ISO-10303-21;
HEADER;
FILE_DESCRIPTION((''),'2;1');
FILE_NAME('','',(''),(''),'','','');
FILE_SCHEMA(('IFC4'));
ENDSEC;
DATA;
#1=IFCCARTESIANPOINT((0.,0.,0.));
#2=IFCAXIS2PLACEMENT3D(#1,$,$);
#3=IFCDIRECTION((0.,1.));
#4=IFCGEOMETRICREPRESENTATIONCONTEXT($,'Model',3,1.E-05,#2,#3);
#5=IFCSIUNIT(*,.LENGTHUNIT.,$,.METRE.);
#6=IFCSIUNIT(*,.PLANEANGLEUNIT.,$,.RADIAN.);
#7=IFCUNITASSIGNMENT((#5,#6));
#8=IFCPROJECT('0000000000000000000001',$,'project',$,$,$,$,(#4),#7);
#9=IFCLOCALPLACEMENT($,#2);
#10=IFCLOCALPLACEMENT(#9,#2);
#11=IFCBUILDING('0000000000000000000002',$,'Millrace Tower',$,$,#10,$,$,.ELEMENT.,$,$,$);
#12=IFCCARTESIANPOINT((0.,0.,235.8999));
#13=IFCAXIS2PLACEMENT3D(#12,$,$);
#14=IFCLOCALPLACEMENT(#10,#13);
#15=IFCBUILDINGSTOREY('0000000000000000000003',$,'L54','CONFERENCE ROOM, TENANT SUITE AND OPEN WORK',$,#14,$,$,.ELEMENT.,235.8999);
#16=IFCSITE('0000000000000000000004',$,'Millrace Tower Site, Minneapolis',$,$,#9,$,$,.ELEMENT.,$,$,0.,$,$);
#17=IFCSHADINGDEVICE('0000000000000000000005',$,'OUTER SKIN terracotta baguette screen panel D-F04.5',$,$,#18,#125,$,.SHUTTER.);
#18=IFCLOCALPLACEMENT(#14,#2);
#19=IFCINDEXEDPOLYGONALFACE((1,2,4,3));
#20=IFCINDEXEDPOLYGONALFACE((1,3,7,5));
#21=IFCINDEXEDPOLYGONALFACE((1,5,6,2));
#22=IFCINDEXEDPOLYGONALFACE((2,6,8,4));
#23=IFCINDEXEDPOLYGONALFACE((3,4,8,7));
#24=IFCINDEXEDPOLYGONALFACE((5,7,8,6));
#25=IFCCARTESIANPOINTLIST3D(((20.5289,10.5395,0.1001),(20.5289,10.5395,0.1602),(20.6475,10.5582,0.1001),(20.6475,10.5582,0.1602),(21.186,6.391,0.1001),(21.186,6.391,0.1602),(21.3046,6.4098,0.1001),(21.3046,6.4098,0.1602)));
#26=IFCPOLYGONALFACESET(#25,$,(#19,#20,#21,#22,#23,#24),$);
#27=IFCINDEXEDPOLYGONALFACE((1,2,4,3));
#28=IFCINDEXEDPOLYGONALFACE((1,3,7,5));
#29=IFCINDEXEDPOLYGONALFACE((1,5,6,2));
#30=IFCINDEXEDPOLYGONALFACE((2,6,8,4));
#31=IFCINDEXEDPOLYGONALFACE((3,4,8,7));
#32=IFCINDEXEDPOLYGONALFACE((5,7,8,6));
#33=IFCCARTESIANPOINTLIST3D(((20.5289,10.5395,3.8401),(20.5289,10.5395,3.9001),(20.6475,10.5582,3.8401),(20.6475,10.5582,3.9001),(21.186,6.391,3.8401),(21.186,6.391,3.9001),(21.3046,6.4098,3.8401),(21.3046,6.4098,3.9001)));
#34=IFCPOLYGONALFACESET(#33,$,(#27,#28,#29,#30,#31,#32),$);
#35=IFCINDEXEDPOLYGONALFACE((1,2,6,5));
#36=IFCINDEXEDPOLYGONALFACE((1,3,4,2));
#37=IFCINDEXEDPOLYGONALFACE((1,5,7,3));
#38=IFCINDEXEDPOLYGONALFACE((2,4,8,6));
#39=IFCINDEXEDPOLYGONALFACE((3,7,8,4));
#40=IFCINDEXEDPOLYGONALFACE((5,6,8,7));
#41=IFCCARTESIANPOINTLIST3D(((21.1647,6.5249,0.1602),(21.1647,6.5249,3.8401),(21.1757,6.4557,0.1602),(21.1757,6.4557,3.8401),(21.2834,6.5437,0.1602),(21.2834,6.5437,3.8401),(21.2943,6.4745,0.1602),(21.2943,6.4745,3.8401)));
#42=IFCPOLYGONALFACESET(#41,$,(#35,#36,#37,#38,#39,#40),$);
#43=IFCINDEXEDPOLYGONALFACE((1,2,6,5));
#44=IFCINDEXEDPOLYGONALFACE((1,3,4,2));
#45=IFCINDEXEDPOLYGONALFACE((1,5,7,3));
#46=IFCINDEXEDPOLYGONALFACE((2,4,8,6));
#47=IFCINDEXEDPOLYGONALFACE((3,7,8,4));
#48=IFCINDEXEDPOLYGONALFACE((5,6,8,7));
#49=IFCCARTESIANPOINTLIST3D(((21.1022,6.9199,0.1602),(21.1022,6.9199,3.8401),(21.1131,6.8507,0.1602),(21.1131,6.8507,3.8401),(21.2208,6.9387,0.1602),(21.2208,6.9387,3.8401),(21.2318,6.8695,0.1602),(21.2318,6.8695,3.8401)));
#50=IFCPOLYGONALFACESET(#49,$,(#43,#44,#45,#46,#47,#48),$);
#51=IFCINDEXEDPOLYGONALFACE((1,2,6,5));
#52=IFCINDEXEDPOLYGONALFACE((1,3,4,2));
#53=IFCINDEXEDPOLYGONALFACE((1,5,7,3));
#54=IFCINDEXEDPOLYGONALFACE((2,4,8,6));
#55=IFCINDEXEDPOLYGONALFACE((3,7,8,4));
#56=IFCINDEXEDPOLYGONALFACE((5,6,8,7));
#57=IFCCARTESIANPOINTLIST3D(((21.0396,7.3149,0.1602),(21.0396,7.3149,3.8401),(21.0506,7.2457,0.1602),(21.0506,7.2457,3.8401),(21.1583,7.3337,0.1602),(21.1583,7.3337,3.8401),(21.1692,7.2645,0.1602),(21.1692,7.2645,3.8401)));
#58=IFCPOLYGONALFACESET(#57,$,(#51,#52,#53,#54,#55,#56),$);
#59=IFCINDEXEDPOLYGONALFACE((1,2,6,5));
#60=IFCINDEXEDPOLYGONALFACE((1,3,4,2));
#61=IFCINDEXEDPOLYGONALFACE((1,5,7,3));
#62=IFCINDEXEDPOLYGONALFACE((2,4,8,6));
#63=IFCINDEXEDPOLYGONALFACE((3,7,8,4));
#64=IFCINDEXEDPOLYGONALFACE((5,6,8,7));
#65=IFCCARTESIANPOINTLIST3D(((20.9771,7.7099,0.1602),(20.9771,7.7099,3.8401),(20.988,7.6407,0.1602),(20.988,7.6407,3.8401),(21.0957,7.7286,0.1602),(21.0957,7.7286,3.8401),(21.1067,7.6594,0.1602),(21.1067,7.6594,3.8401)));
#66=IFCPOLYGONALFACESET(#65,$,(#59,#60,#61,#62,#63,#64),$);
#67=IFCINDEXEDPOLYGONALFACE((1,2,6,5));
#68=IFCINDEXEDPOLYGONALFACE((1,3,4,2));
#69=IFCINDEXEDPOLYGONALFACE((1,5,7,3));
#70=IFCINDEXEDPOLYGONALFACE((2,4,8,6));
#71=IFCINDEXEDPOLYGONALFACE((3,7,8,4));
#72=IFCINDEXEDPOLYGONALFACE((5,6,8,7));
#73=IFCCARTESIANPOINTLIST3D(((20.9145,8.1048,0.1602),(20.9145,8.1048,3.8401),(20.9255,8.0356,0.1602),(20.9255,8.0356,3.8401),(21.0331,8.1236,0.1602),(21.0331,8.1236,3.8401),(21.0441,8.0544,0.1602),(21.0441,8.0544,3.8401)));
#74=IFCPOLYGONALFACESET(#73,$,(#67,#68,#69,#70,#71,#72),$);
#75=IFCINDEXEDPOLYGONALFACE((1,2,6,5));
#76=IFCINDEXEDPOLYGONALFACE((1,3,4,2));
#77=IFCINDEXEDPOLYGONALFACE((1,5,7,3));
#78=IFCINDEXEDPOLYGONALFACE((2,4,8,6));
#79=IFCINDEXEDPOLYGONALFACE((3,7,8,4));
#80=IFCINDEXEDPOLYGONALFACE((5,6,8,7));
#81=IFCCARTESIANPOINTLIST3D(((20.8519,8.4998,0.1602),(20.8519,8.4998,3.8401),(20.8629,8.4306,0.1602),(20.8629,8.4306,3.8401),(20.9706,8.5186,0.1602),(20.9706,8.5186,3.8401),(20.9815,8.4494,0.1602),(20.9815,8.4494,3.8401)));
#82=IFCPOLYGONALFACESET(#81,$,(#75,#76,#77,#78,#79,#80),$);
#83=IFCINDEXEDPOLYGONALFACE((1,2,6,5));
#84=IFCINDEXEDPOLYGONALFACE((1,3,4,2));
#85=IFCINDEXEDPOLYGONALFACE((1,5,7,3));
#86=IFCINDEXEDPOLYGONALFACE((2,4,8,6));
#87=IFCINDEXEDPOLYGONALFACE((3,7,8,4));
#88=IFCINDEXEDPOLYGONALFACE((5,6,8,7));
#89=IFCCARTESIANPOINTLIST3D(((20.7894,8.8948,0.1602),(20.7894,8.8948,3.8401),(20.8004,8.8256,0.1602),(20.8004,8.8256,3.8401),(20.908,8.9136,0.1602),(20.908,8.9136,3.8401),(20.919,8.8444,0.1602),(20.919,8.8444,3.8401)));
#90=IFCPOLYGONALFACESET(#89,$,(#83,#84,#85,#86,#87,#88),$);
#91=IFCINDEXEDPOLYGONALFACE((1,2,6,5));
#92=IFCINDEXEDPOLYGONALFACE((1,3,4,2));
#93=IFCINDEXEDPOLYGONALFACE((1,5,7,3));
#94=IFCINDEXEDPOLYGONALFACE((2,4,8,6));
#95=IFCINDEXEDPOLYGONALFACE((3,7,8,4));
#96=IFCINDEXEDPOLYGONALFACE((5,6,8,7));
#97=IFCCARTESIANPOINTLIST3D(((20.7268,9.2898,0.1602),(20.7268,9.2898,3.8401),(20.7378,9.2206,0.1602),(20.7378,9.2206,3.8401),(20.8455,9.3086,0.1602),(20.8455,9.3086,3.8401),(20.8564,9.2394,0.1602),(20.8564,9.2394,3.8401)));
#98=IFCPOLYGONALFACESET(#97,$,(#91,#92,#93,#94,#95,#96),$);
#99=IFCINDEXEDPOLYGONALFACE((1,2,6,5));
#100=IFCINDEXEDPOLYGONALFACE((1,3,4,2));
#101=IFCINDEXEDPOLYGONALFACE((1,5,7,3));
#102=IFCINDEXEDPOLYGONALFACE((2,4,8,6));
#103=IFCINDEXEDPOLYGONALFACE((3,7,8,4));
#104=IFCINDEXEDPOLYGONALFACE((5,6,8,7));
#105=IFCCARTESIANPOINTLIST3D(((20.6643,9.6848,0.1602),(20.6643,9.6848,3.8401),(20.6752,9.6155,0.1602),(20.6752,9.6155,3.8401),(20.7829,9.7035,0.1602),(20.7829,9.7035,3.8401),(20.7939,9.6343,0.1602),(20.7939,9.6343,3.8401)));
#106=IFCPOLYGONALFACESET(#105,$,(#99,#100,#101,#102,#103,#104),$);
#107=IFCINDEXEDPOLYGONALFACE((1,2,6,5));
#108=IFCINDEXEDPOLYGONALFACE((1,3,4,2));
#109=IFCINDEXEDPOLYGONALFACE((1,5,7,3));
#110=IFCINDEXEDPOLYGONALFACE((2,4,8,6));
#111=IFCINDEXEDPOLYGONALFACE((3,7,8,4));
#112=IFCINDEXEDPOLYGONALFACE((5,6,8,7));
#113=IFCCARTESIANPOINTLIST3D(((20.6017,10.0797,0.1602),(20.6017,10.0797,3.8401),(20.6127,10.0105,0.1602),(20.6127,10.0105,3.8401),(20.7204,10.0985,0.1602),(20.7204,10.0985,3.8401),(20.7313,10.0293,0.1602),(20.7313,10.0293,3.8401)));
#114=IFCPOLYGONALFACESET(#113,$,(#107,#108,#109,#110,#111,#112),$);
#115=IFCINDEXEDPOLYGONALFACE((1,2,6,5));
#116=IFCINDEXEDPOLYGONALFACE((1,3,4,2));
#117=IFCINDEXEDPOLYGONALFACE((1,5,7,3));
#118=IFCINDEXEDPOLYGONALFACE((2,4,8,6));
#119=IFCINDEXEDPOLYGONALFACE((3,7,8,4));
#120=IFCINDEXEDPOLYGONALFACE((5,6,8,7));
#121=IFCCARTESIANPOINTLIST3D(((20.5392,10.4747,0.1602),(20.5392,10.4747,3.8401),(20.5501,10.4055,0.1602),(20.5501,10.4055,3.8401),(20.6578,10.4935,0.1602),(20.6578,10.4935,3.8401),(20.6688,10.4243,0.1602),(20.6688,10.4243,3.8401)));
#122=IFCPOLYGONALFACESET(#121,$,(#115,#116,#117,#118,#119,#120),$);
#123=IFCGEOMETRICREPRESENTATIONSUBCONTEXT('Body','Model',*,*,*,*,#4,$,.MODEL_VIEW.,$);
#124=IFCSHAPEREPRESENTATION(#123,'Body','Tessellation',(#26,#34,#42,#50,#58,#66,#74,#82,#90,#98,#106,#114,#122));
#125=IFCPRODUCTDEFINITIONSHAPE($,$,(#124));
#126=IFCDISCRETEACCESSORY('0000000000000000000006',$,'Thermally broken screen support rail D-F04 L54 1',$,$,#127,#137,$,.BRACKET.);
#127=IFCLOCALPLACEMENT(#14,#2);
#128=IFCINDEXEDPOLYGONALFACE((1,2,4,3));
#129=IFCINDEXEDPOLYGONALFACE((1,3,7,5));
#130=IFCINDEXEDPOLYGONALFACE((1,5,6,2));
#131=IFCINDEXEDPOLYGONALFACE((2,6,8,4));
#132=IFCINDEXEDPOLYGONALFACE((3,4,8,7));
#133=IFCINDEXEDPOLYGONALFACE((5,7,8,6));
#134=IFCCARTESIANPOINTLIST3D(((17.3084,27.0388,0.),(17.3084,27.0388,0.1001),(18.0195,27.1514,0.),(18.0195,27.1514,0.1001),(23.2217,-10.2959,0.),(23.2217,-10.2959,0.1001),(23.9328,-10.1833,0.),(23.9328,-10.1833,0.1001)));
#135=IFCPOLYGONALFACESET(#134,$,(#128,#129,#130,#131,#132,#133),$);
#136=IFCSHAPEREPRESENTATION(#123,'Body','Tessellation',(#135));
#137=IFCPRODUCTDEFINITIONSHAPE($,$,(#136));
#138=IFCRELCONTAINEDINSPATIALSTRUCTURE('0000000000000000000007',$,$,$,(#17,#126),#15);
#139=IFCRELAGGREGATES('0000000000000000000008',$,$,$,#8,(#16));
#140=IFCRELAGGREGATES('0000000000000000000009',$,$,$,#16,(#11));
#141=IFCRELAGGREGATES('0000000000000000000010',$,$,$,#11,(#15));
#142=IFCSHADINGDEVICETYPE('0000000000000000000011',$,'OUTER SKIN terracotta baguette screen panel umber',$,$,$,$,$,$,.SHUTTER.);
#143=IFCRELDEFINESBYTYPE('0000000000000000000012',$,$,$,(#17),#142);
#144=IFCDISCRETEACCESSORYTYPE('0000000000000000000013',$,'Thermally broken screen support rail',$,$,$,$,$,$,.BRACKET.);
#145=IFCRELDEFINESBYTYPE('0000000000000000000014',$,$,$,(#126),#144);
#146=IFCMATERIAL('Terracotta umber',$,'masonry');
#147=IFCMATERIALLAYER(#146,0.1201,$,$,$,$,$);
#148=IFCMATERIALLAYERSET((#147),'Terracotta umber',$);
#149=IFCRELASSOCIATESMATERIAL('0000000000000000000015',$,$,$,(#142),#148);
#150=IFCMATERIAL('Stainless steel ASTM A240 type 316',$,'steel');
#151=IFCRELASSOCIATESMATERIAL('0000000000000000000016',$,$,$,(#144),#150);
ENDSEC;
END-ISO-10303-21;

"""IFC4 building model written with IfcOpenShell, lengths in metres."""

from ifc_helpers import new_model, entity, si_unit, direction, frame, frame_2d, origin, origin_2d, place, context, subcontext, project, spatial, rectangle, extrude, source, transform, mapped, material, layer, layer_set, type_object, element, save


model = new_model("IFC4")

# Units and contexts
model_context = context("Model", 3, precision=1e-05, world=origin(), true_north=direction((0.0, 1.0)))
body_context = subcontext(model_context, "Body", "Model", "MODEL_VIEW")
ifc_project = project(units=[si_unit("LENGTHUNIT", "METRE"), si_unit("PLANEANGLEUNIT", "RADIAN")], contexts=[model_context])

# Site, building, storey
site_placement = place(None, origin())
site = spatial("IfcSite", under=ifc_project, at=site_placement, Name="Millrace Tower Site, Minneapolis", CompositionType="ELEMENT", RefElevation=0.0)
building_placement = place(site_placement, origin())
building = spatial("IfcBuilding", under=site, at=building_placement, Name="Millrace Tower", CompositionType="ELEMENT")
storey_placement = place(building_placement, frame((0.0, 0.0, 235.8999)))
storey = spatial("IfcBuildingStorey", under=building, at=storey_placement, Name="L54", Description="CONFERENCE ROOM, TENANT SUITE AND OPEN WORK", CompositionType="ELEMENT", Elevation=235.8999)

# Shading device
ifc_material_1 = material(Name="Terracotta umber", Category="masonry")
ifc_layer_1 = layer(ifc_material_1, 0.1201)
ifc_layer_set_1 = layer_set([ifc_layer_1], Name="Terracotta umber")
shading_device_type = type_object("IfcShadingDeviceType", Name="OUTER SKIN terracotta baguette screen panel umber", PredefinedType="SHUTTER", material=ifc_layer_set_1)
cartesian_point = entity("IfcCartesianPoint", [-2.1001, 0.0601])
shared_polyline = entity("IfcPolyline", [cartesian_point, entity("IfcCartesianPoint", [2.1001, 0.0601]), entity("IfcCartesianPoint", [2.1001, -0.0601]), entity("IfcCartesianPoint", [-2.1001, -0.0601]), cartesian_point])
shared_shape = source(origin(), body_context, "Body", "SweptSolid", [
    entity("IfcExtrudedAreaSolid", entity("IfcArbitraryClosedProfileDef", "AREA", None, shared_polyline), entity("IfcAxis2Placement3D", entity("IfcCartesianPoint", [0.0, 0.0, 0.0])), entity("IfcDirection", [0.0, 0.0, 1.0]), 0.0601),
    entity("IfcExtrudedAreaSolid", entity("IfcArbitraryClosedProfileDef", "AREA", None, shared_polyline), entity("IfcAxis2Placement3D", entity("IfcCartesianPoint", [0.0, 0.0, 3.74])), entity("IfcDirection", [0.0, 0.0, 1.0]), 0.0601),
    extrude(rectangle(XDim=0.0701, YDim=0.1201, at=frame_2d((-1.9995, 0.0))), frame((0.0, 0.0, 0.0601)), (0.0, 0.0, 1.0), 3.6799),
    extrude(rectangle(XDim=0.0701, YDim=0.1201, at=frame_2d((-1.5996, 0.0))), frame((0.0, 0.0, 0.0601)), (0.0, 0.0, 1.0), 3.6799),
    extrude(rectangle(XDim=0.0701, YDim=0.1201, at=frame_2d((-1.1997, 0.0))), frame((0.0, 0.0, 0.0601)), (0.0, 0.0, 1.0), 3.6799),
    extrude(rectangle(XDim=0.0701, YDim=0.1201, at=frame_2d((-0.7998, 0.0))), frame((0.0, 0.0, 0.0601)), (0.0, 0.0, 1.0), 3.6799),
    extrude(rectangle(XDim=0.0701, YDim=0.1201, at=frame_2d((-0.3999, 0.0))), frame((0.0, 0.0, 0.0601)), (0.0, 0.0, 1.0), 3.6799),
    extrude(rectangle(XDim=0.0701, YDim=0.1201, at=origin_2d()), frame((0.0, 0.0, 0.0601)), (0.0, 0.0, 1.0), 3.6799),
    extrude(rectangle(XDim=0.0701, YDim=0.1201, at=frame_2d((0.3999, 0.0))), frame((0.0, 0.0, 0.0601)), (0.0, 0.0, 1.0), 3.6799),
    extrude(rectangle(XDim=0.0701, YDim=0.1201, at=frame_2d((0.7998, 0.0))), frame((0.0, 0.0, 0.0601)), (0.0, 0.0, 1.0), 3.6799),
    extrude(rectangle(XDim=0.0701, YDim=0.1201, at=frame_2d((1.1997, 0.0))), frame((0.0, 0.0, 0.0601)), (0.0, 0.0, 1.0), 3.6799),
    extrude(rectangle(XDim=0.0701, YDim=0.1201, at=frame_2d((1.5996, 0.0))), frame((0.0, 0.0, 0.0601)), (0.0, 0.0, 1.0), 3.6799),
    extrude(rectangle(XDim=0.0701, YDim=0.1201, at=frame_2d((1.9995, 0.0))), frame((0.0, 0.0, 0.0601)), (0.0, 0.0, 1.0), 3.6799),
])
for number, where, z_axis, x_axis, name in (
    (1, (20.9167, 8.4746, 0.1001), (0.0, 0.0, 1.0), (-0.156434, 0.987688, 0.0), "OUTER SKIN terracotta baguette screen panel D-F04.5"),
):
    element("IfcShadingDevice", number, at=place(storey_placement, frame(where, z_axis=z_axis, x_axis=x_axis)), inside=storey, type_object=shading_device_type, Name=name, PredefinedType="SHUTTER", context=body_context, shape_type="MappedRepresentation", body=[
        mapped(shared_shape, transform((0.0, 0.0, 0.0), scale=1.0)),
    ])

# Discrete accessory
ifc_material_2 = material(Name="Stainless steel ASTM A240 type 316", Category="steel")
discrete_accessory_type = type_object("IfcDiscreteAccessoryType", Name="Thermally broken screen support rail", PredefinedType="BRACKET", material=ifc_material_2)
discrete_accessory_placement = place(storey_placement, frame((20.6206, 8.4277, 0.0), z_axis=(0.0, 0.0, 1.0), x_axis=(-0.156434, 0.987688, 0.0)))
element("IfcDiscreteAccessory", 2, at=discrete_accessory_placement, inside=storey, type_object=discrete_accessory_type, Name="Thermally broken screen support rail D-F04 L54 1", PredefinedType="BRACKET", context=body_context, shape_type="SweptSolid", body=[
    extrude(rectangle(XDim=37.8, YDim=0.72, at=origin_2d()), origin(), (0.0, 0.0, 1.0), 0.1001),
])

save(model, "model.ifc")
